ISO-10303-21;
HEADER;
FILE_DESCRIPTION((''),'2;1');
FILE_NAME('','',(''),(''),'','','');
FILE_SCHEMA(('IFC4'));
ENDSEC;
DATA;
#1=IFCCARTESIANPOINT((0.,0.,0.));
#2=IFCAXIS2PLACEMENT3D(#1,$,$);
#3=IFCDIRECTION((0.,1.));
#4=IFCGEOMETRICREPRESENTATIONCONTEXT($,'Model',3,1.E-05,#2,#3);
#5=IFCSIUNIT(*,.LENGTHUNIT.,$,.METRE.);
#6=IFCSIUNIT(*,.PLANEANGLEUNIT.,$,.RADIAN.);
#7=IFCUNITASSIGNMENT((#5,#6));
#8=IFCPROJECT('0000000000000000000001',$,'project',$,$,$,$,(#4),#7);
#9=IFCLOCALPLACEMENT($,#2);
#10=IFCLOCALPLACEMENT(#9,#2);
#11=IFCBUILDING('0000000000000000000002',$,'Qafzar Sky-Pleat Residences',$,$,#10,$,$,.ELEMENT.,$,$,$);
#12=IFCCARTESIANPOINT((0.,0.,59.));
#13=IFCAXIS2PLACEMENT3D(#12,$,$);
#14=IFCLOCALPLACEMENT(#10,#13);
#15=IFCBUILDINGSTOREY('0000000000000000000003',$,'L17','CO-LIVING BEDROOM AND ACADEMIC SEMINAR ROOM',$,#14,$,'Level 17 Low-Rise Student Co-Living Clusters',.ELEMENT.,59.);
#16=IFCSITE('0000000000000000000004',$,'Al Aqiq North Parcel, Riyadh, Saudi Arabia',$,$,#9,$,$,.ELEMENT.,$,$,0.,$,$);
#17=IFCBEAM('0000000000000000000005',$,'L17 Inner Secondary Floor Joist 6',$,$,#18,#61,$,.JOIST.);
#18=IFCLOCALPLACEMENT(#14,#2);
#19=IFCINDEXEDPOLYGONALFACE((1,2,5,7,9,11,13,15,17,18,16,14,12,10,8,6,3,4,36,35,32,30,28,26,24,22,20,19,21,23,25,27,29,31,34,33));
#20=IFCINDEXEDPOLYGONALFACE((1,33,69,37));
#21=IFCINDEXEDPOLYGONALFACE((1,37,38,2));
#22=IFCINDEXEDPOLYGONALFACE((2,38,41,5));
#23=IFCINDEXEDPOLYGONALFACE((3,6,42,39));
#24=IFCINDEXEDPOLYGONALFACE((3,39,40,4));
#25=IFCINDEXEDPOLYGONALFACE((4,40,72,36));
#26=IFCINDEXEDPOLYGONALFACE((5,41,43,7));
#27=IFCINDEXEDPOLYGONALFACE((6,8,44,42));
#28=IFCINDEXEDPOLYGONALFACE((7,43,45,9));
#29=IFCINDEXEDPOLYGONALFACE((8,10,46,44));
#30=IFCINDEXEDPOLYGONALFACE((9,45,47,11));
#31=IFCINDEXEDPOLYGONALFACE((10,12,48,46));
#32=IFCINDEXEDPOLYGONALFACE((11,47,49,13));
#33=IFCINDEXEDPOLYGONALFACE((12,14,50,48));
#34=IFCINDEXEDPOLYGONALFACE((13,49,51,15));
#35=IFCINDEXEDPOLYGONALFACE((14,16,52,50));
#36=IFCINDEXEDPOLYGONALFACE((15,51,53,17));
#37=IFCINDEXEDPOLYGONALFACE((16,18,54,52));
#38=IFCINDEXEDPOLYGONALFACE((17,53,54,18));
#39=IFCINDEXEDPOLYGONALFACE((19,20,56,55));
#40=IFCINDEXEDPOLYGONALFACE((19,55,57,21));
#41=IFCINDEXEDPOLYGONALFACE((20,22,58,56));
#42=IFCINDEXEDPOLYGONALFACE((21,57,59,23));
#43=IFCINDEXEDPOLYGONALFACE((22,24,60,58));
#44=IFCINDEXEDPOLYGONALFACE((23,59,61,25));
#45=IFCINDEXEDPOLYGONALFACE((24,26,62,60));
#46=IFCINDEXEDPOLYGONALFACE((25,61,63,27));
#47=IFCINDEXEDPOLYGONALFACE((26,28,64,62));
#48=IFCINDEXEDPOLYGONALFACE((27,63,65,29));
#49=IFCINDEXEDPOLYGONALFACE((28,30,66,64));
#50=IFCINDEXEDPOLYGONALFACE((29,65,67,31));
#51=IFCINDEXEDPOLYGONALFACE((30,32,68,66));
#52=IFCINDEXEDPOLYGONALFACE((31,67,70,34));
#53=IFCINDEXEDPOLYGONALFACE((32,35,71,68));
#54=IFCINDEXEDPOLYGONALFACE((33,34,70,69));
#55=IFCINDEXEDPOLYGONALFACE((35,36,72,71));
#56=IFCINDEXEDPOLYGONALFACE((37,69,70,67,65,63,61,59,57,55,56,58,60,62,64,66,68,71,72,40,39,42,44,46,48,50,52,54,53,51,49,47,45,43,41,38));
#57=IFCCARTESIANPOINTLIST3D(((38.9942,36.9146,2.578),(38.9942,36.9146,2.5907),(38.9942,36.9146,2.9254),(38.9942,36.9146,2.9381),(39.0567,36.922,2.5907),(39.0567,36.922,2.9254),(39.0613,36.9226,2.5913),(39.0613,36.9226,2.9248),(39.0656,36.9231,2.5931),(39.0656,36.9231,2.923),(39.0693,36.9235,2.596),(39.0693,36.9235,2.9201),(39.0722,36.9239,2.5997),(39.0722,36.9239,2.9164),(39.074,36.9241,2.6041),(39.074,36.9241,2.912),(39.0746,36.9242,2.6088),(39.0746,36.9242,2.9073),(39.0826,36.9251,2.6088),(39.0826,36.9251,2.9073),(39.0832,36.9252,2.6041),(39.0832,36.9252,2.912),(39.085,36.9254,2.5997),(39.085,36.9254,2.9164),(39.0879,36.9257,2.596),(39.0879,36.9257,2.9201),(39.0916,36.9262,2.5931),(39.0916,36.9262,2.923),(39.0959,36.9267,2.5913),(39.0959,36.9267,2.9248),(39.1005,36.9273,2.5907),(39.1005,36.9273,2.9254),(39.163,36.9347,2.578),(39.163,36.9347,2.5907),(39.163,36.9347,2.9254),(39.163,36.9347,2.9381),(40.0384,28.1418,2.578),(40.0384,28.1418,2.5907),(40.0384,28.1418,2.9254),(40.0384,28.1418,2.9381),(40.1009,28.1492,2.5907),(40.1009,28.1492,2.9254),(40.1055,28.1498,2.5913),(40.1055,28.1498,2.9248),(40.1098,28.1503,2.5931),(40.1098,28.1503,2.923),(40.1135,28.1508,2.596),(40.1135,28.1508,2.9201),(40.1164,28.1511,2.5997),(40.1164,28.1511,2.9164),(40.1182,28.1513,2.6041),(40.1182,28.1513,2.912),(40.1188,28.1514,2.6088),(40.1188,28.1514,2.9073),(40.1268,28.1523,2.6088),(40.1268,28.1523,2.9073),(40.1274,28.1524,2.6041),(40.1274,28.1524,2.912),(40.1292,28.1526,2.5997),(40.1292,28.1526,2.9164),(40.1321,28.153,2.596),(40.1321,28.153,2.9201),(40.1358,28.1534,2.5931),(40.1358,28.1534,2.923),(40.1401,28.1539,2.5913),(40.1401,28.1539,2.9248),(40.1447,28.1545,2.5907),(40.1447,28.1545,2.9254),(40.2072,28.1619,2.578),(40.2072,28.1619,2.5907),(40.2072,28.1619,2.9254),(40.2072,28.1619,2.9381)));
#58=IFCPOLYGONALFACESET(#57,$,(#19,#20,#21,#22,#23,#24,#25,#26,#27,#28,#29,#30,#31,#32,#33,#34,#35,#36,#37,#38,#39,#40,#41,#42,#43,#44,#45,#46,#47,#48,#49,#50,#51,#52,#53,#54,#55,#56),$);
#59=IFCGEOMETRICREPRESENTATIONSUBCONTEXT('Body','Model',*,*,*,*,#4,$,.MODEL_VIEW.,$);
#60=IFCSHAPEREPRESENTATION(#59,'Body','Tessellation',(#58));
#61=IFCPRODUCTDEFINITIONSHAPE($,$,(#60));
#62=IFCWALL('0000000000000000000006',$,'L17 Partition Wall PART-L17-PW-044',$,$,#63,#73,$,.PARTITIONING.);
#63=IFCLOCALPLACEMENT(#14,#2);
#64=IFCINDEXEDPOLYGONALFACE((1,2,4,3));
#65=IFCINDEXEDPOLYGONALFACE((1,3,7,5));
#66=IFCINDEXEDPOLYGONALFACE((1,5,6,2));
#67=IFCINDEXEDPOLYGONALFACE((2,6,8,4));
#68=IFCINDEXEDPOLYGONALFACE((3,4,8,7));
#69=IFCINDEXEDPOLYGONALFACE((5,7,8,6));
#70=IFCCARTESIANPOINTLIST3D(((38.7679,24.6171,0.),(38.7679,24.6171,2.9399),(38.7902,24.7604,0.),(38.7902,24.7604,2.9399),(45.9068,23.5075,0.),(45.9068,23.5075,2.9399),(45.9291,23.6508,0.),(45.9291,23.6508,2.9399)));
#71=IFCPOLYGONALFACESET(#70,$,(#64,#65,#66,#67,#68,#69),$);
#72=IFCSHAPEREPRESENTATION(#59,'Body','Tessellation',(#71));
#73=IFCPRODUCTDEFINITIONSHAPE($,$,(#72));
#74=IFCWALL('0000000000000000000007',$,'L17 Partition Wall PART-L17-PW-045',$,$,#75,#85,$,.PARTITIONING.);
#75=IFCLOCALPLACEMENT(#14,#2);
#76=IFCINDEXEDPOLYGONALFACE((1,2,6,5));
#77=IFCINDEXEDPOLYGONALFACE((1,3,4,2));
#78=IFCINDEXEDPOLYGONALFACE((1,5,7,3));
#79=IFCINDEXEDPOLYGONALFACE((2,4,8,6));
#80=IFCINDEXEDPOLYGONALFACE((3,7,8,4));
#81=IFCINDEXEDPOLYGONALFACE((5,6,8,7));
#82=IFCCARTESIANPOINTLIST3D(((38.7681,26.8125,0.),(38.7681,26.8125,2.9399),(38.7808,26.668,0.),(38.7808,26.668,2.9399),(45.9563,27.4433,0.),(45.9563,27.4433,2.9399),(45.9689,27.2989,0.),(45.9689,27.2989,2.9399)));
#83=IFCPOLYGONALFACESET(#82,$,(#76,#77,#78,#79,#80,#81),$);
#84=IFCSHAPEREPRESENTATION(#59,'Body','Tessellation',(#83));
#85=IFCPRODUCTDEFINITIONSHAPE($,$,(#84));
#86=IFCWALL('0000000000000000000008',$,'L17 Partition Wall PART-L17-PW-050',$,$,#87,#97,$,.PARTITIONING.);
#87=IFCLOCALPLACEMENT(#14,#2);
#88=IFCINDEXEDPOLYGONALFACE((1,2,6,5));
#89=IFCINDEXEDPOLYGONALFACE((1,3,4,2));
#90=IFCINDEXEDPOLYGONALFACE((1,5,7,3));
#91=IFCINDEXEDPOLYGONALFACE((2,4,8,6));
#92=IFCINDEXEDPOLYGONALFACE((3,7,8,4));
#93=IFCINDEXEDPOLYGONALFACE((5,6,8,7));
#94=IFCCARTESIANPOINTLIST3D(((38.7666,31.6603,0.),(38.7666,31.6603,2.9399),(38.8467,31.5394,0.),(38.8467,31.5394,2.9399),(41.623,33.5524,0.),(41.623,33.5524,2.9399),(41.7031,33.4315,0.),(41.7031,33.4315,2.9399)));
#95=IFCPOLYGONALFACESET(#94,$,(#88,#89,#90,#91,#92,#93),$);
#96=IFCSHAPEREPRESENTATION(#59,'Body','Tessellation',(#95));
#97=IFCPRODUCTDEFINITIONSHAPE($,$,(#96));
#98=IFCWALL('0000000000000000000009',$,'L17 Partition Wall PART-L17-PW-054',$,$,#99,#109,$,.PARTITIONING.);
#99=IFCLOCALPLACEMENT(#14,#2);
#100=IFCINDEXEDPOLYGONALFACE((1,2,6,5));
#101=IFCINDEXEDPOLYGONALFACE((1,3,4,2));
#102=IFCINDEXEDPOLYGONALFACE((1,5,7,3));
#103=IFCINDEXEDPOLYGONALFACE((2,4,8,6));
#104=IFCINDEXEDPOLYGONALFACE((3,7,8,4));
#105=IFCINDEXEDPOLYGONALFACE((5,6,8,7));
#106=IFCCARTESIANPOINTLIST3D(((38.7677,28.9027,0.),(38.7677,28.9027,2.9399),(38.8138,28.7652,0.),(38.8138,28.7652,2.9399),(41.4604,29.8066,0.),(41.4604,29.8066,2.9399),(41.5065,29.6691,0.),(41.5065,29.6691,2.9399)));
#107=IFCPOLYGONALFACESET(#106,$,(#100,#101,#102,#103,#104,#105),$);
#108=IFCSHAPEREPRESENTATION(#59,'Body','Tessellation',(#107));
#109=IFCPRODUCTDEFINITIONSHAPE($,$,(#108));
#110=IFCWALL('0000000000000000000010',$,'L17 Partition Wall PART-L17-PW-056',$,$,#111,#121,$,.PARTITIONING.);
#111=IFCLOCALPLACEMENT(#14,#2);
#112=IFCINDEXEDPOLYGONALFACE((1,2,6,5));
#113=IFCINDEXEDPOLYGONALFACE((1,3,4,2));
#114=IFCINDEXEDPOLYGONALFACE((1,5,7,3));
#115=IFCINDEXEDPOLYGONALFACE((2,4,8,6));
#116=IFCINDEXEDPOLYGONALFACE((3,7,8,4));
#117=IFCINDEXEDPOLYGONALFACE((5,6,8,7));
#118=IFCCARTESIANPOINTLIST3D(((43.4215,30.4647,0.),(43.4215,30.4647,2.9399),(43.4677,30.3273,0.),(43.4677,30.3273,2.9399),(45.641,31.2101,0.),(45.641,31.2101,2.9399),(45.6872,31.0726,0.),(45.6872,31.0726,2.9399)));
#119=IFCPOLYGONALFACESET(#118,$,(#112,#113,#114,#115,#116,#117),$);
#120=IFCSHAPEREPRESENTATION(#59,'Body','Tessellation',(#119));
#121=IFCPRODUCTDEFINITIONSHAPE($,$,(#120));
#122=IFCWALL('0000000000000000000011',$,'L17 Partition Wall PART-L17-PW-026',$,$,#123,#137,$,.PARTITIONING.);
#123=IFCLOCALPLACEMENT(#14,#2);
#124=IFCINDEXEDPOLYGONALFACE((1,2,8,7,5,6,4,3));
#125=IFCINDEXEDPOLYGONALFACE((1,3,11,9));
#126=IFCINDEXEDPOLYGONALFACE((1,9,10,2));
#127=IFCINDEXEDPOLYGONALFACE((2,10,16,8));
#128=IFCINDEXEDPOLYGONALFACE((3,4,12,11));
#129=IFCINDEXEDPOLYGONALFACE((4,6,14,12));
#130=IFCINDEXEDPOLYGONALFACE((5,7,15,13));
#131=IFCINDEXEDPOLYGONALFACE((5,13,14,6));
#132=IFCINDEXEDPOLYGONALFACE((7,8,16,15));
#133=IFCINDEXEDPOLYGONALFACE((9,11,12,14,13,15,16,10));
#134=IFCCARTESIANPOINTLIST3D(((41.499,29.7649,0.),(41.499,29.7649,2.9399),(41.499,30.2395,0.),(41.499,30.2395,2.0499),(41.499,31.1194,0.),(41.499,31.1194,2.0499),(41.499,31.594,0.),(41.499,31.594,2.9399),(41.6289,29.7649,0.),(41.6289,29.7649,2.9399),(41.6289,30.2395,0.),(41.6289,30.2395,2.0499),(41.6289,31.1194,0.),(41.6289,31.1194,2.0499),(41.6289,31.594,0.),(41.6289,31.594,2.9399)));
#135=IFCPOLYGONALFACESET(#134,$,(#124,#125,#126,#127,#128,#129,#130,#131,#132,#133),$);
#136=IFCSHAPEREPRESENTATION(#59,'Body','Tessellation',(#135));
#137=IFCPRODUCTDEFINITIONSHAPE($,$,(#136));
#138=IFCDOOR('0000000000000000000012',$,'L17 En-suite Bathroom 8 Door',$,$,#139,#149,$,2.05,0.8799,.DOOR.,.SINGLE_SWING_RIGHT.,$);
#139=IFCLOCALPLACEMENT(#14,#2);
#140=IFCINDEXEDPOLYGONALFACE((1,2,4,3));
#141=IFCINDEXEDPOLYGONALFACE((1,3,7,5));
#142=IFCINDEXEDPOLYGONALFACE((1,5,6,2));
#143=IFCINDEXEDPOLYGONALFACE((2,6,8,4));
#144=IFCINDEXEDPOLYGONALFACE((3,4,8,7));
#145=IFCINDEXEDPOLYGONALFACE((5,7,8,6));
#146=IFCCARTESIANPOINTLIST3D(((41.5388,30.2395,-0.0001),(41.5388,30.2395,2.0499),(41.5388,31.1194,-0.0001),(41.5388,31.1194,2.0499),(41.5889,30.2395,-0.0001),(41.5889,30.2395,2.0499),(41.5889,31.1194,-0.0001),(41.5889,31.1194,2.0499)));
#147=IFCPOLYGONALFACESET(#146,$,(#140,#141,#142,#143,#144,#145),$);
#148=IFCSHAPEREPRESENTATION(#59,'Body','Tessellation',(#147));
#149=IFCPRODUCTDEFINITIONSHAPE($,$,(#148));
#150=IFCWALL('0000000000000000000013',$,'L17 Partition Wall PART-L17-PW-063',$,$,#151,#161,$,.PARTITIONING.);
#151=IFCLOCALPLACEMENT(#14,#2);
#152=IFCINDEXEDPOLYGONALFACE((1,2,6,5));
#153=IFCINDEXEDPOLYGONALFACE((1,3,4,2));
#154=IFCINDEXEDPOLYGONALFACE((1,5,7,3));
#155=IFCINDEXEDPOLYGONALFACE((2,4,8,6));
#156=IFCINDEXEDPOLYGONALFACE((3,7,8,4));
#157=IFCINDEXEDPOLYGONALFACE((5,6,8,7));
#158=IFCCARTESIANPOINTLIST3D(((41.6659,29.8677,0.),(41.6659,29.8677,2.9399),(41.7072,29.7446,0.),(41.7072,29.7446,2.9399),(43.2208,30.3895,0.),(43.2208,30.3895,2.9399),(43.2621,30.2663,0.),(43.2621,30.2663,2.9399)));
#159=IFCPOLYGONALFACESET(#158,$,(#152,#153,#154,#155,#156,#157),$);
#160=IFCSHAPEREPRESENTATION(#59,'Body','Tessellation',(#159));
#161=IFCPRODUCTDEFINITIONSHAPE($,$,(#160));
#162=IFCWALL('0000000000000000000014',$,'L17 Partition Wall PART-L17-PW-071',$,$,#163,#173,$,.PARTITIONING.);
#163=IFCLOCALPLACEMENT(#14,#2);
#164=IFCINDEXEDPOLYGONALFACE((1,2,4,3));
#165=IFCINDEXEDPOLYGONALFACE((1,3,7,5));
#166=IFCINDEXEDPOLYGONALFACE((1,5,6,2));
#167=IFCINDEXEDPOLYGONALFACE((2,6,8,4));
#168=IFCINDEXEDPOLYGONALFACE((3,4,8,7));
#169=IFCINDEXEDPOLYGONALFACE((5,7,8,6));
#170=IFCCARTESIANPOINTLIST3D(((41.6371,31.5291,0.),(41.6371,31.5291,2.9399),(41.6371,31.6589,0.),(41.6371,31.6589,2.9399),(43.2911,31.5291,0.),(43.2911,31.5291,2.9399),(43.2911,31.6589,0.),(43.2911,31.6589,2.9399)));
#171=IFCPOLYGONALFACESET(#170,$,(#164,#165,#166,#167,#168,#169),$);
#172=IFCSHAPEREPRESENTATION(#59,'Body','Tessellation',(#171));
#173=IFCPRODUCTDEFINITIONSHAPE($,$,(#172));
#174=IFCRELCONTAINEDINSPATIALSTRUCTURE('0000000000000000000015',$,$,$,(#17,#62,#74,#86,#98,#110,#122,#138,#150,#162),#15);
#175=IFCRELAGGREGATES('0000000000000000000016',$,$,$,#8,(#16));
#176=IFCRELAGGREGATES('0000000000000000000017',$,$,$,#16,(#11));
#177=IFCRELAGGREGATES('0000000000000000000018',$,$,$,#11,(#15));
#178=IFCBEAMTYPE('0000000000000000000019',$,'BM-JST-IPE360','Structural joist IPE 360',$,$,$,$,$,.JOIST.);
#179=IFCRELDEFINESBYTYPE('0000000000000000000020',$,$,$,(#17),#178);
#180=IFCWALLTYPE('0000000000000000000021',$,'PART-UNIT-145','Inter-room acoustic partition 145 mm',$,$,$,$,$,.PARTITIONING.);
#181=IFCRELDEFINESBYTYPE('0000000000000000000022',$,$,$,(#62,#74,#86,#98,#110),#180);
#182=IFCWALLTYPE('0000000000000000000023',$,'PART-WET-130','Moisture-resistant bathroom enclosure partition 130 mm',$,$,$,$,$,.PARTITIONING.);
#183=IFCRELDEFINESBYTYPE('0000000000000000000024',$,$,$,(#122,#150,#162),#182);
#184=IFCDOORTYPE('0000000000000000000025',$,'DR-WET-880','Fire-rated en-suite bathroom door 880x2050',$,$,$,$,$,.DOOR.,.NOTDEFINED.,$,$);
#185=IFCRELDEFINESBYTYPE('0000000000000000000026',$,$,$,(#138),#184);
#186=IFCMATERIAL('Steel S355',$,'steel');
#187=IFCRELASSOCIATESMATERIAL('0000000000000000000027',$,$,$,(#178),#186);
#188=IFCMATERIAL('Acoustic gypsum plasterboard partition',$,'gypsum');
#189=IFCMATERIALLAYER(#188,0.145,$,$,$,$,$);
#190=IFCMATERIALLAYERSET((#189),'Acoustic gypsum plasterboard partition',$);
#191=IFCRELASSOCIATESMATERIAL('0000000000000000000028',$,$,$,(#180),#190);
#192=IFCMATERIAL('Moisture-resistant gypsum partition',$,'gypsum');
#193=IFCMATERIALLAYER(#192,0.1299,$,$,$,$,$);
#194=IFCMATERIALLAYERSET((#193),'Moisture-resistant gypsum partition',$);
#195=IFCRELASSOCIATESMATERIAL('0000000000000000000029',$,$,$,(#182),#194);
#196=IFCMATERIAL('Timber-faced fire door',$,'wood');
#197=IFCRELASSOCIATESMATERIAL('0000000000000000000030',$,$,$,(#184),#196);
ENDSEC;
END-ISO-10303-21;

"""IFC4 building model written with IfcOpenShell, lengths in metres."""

from ifc_helpers import new_model, si_unit, direction, frame, frame_2d, origin, origin_2d, place, context, subcontext, project, spatial, rectangle, i_section, extrude, source, transform, mapped, material, layer, layer_set, material_profile, profile_set, type_object, element, fill, save


model = new_model("IFC4")

# Units and contexts
model_context = context("Model", 3, precision=1e-05, world=origin(), true_north=direction((0.0, 1.0)))
body_context = subcontext(model_context, "Body", "Model", "MODEL_VIEW")
ifc_project = project(units=[si_unit("LENGTHUNIT", "METRE"), si_unit("PLANEANGLEUNIT", "RADIAN")], contexts=[model_context])

# Site, building, storey
site_placement = place(None, origin())
site = spatial("IfcSite", under=ifc_project, at=site_placement, Name="Al Aqiq North Parcel, Riyadh, Saudi Arabia", CompositionType="ELEMENT", RefElevation=0.0)
building_placement = place(site_placement, origin())
building = spatial("IfcBuilding", under=site, at=building_placement, Name="Qafzar Sky-Pleat Residences", CompositionType="ELEMENT")
storey_placement = place(building_placement, frame((0.0, 0.0, 59.0)))
storey = spatial("IfcBuildingStorey", under=building, at=storey_placement, Name="L17", Description="CO-LIVING BEDROOM AND ACADEMIC SEMINAR ROOM", LongName="Level 17 Low-Rise Student Co-Living Clusters", CompositionType="ELEMENT", Elevation=59.0)

# Beam
ifc_material_1 = material(Name="Steel S355", Category="steel")
ifc_material_profile_1 = material_profile(ifc_material_1, i_section(OverallWidth=0.1699, OverallDepth=0.3601, WebThickness=0.0081, FlangeThickness=0.0127, FilletRadius=0.0181, at=origin_2d()), Name="IPE 360")
ifc_profile_set_1 = profile_set([ifc_material_profile_1], Name="Steel S355")
beam_type_1 = type_object("IfcBeamType", Name="BM-JST-IPE360", Description="Structural joist IPE 360", PredefinedType="JOIST", material=ifc_profile_set_1)
shared_shape_1 = source(origin(), body_context, "Body", "SweptSolid", [
    extrude(i_section(OverallWidth=0.1699, OverallDepth=0.3601, WebThickness=0.0081, FlangeThickness=0.0127, FilletRadius=0.0181, at=origin_2d()), origin(), (0.0, 0.0, 1.0), 8.8347),
])
beam_1_placement = place(storey_placement, frame((40.1228, 28.1519, 2.7581), z_axis=(-0.118193, 0.992991, 0.0), x_axis=(-0.992991, -0.118193, 0.0)))
element("IfcBeam", 1, at=beam_1_placement, inside=storey, type_object=beam_type_1, Name="L17 Inner Secondary Floor Joist 6", PredefinedType="JOIST", context=body_context, shape_type="MappedRepresentation", body=[
    mapped(shared_shape_1, transform((0.0, 0.0, 0.0), x_axis=(1.0, 0.0, 0.0), y_axis=(0.0, 1.0, 0.0), z_axis=(0.0, 0.0, 1.0), scale=1.0)),
])

# Walls
ifc_material_2 = material(Name="Acoustic gypsum plasterboard partition", Category="gypsum")
ifc_layer_1 = layer(ifc_material_2, 0.145)
ifc_layer_set_1 = layer_set([ifc_layer_1], Name="Acoustic gypsum plasterboard partition")
wall_type_1 = type_object("IfcWallType", Name="PART-UNIT-145", Description="Inter-room acoustic partition 145 mm", PredefinedType="PARTITIONING", material=ifc_layer_set_1)
wall_1_placement = place(storey_placement, frame((38.7791, 24.6887, 0.0), z_axis=(0.0, 0.0, 1.0), x_axis=(0.988135, -0.153588, 0.0)))
element("IfcWall", 2, at=wall_1_placement, inside=storey, type_object=wall_type_1, Name="L17 Partition Wall PART-L17-PW-044", PredefinedType="PARTITIONING", context=body_context, shape_type="SweptSolid", body=[
    extrude(rectangle(XDim=7.2246, YDim=0.145, at=frame_2d((3.6123, 0.0))), origin(), (0.0, 0.0, 1.0), 2.9399),
])
wall_2_placement = place(storey_placement, frame((38.7744, 26.7402, 0.0), z_axis=(0.0, 0.0, 1.0), x_axis=(0.996171, 0.087427, 0.0)))
element("IfcWall", 3, at=wall_2_placement, inside=storey, type_object=wall_type_1, Name="L17 Partition Wall PART-L17-PW-045", PredefinedType="PARTITIONING", context=body_context, shape_type="SweptSolid", body=[
    extrude(rectangle(XDim=7.2158, YDim=0.145, at=frame_2d((3.6079, 0.0))), origin(), (0.0, 0.0, 1.0), 2.9399),
])
wall_3_placement = place(storey_placement, frame((38.8066, 31.5999, 0.0), z_axis=(0.0, 0.0, 1.0), x_axis=(0.833691, 0.552231, 0.0)))
element("IfcWall", 4, at=wall_3_placement, inside=storey, type_object=wall_type_1, Name="L17 Partition Wall PART-L17-PW-050", PredefinedType="PARTITIONING", context=body_context, shape_type="SweptSolid", body=[
    extrude(rectangle(XDim=3.4263, YDim=0.145, at=frame_2d((1.7131, 0.0))), origin(), (0.0, 0.0, 1.0), 2.9399),
])
wall_4_placement = place(storey_placement, frame((38.7908, 28.834, 0.0), z_axis=(0.0, 0.0, 1.0), x_axis=(0.948019, 0.318213, 0.0)))
element("IfcWall", 5, at=wall_4_placement, inside=storey, type_object=wall_type_1, Name="L17 Partition Wall PART-L17-PW-054", PredefinedType="PARTITIONING", context=body_context, shape_type="SweptSolid", body=[
    extrude(rectangle(XDim=2.8403, YDim=0.145, at=frame_2d((1.4202, 0.0))), origin(), (0.0, 0.0, 1.0), 2.9399),
])
wall_5_placement = place(storey_placement, frame((43.4446, 30.396, 0.0), z_axis=(0.0, 0.0, 1.0), x_axis=(0.947972, 0.318354, 0.0)))
element("IfcWall", 6, at=wall_5_placement, inside=storey, type_object=wall_type_1, Name="L17 Partition Wall PART-L17-PW-056", PredefinedType="PARTITIONING", context=body_context, shape_type="SweptSolid", body=[
    extrude(rectangle(XDim=2.3413, YDim=0.145, at=frame_2d((1.1707, 0.0))), origin(), (0.0, 0.0, 1.0), 2.9399),
])

# Wall, opening, door
ifc_material_3 = material(Name="Moisture-resistant gypsum partition", Category="gypsum")
ifc_layer_2 = layer(ifc_material_3, 0.1299)
ifc_layer_set_2 = layer_set([ifc_layer_2], Name="Moisture-resistant gypsum partition")
wall_type_2 = type_object("IfcWallType", Name="PART-WET-130", Description="Moisture-resistant bathroom enclosure partition 130 mm", PredefinedType="PARTITIONING", material=ifc_layer_set_2)
wall_6_placement = place(storey_placement, frame((41.564, 31.594, 0.0), z_axis=(0.0, 0.0, 1.0), x_axis=(0.0, -1.0, 0.0)))
wall_6 = element("IfcWall", 7, at=wall_6_placement, inside=storey, type_object=wall_type_2, Name="L17 Partition Wall PART-L17-PW-026", PredefinedType="PARTITIONING", context=body_context, shape_type="SweptSolid", body=[
    extrude(rectangle(XDim=1.8291, YDim=0.1299, at=frame_2d((0.9146, 0.0))), origin(), (0.0, 0.0, 1.0), 2.9399),
])
opening_1_placement = place(wall_6_placement, frame((0.4746, 0.0, 0.0)))
opening_1 = element("IfcOpeningElement", 8, at=opening_1_placement, cuts=wall_6, PredefinedType="OPENING", context=body_context, shape_type="SweptSolid", body=[
    extrude(rectangle(XDim=0.8799, YDim=2.05, at=frame_2d((0.4399, 1.0249))), frame((0.0, 0.075, 0.0), z_axis=(0.0, -1.0, 0.0), x_axis=(1.0, 0.0, 0.0)), (0.0, 0.0, 1.0), 0.1499),
])
ifc_material_4 = material(Name="Timber-faced fire door", Category="wood")
door_type = type_object("IfcDoorType", Name="DR-WET-880", Description="Fire-rated en-suite bathroom door 880x2050", OperationType="NOTDEFINED", PredefinedType="DOOR", material=ifc_material_4)
shared_shape_2 = source(origin(), body_context, "Body", "SweptSolid", [
    extrude(rectangle(XDim=0.8799, YDim=2.05, at=frame_2d((0.4399, 1.0249))), frame((0.0, 0.0249, 0.0), z_axis=(0.0, -1.0, 0.0), x_axis=(1.0, 0.0, 0.0)), (0.0, 0.0, 1.0), 0.05),
])
door_placement = place(opening_1_placement, origin())
door = element("IfcDoor", 9, at=door_placement, inside=storey, type_object=door_type, Name="L17 En-suite Bathroom 8 Door", OperationType="SINGLE_SWING_RIGHT", OverallHeight=2.05, OverallWidth=0.8799, PredefinedType="DOOR", context=body_context, shape_type="MappedRepresentation", body=[
    mapped(shared_shape_2, transform((0.0, 0.0, 0.0), x_axis=(1.0, 0.0, 0.0), y_axis=(0.0, 1.0, 0.0), z_axis=(0.0, 0.0, 1.0), scale=1.0)),
])
fill(opening_1, door)

# Walls
wall_7_placement = place(storey_placement, frame((41.6865, 29.8062, 0.0), z_axis=(0.0, 0.0, 1.0), x_axis=(0.948056, 0.318103, 0.0)))
element("IfcWall", 10, at=wall_7_placement, inside=storey, type_object=wall_type_2, Name="L17 Partition Wall PART-L17-PW-063", PredefinedType="PARTITIONING", context=body_context, shape_type="SweptSolid", body=[
    extrude(rectangle(XDim=1.6401, YDim=0.1299, at=frame_2d((0.8201, 0.0))), origin(), (0.0, 0.0, 1.0), 2.9399),
])
wall_8_placement = place(storey_placement, frame((41.637, 31.594, 0.0), z_axis=(0.0, 0.0, 1.0), x_axis=(1.0, 0.0, 0.0)))
element("IfcWall", 11, at=wall_8_placement, inside=storey, type_object=wall_type_2, Name="L17 Partition Wall PART-L17-PW-071", PredefinedType="PARTITIONING", context=body_context, shape_type="SweptSolid", body=[
    extrude(rectangle(XDim=1.6541, YDim=0.1299, at=frame_2d((0.8271, 0.0))), origin(), (0.0, 0.0, 1.0), 2.9399),
])

save(model, "model.ifc")
